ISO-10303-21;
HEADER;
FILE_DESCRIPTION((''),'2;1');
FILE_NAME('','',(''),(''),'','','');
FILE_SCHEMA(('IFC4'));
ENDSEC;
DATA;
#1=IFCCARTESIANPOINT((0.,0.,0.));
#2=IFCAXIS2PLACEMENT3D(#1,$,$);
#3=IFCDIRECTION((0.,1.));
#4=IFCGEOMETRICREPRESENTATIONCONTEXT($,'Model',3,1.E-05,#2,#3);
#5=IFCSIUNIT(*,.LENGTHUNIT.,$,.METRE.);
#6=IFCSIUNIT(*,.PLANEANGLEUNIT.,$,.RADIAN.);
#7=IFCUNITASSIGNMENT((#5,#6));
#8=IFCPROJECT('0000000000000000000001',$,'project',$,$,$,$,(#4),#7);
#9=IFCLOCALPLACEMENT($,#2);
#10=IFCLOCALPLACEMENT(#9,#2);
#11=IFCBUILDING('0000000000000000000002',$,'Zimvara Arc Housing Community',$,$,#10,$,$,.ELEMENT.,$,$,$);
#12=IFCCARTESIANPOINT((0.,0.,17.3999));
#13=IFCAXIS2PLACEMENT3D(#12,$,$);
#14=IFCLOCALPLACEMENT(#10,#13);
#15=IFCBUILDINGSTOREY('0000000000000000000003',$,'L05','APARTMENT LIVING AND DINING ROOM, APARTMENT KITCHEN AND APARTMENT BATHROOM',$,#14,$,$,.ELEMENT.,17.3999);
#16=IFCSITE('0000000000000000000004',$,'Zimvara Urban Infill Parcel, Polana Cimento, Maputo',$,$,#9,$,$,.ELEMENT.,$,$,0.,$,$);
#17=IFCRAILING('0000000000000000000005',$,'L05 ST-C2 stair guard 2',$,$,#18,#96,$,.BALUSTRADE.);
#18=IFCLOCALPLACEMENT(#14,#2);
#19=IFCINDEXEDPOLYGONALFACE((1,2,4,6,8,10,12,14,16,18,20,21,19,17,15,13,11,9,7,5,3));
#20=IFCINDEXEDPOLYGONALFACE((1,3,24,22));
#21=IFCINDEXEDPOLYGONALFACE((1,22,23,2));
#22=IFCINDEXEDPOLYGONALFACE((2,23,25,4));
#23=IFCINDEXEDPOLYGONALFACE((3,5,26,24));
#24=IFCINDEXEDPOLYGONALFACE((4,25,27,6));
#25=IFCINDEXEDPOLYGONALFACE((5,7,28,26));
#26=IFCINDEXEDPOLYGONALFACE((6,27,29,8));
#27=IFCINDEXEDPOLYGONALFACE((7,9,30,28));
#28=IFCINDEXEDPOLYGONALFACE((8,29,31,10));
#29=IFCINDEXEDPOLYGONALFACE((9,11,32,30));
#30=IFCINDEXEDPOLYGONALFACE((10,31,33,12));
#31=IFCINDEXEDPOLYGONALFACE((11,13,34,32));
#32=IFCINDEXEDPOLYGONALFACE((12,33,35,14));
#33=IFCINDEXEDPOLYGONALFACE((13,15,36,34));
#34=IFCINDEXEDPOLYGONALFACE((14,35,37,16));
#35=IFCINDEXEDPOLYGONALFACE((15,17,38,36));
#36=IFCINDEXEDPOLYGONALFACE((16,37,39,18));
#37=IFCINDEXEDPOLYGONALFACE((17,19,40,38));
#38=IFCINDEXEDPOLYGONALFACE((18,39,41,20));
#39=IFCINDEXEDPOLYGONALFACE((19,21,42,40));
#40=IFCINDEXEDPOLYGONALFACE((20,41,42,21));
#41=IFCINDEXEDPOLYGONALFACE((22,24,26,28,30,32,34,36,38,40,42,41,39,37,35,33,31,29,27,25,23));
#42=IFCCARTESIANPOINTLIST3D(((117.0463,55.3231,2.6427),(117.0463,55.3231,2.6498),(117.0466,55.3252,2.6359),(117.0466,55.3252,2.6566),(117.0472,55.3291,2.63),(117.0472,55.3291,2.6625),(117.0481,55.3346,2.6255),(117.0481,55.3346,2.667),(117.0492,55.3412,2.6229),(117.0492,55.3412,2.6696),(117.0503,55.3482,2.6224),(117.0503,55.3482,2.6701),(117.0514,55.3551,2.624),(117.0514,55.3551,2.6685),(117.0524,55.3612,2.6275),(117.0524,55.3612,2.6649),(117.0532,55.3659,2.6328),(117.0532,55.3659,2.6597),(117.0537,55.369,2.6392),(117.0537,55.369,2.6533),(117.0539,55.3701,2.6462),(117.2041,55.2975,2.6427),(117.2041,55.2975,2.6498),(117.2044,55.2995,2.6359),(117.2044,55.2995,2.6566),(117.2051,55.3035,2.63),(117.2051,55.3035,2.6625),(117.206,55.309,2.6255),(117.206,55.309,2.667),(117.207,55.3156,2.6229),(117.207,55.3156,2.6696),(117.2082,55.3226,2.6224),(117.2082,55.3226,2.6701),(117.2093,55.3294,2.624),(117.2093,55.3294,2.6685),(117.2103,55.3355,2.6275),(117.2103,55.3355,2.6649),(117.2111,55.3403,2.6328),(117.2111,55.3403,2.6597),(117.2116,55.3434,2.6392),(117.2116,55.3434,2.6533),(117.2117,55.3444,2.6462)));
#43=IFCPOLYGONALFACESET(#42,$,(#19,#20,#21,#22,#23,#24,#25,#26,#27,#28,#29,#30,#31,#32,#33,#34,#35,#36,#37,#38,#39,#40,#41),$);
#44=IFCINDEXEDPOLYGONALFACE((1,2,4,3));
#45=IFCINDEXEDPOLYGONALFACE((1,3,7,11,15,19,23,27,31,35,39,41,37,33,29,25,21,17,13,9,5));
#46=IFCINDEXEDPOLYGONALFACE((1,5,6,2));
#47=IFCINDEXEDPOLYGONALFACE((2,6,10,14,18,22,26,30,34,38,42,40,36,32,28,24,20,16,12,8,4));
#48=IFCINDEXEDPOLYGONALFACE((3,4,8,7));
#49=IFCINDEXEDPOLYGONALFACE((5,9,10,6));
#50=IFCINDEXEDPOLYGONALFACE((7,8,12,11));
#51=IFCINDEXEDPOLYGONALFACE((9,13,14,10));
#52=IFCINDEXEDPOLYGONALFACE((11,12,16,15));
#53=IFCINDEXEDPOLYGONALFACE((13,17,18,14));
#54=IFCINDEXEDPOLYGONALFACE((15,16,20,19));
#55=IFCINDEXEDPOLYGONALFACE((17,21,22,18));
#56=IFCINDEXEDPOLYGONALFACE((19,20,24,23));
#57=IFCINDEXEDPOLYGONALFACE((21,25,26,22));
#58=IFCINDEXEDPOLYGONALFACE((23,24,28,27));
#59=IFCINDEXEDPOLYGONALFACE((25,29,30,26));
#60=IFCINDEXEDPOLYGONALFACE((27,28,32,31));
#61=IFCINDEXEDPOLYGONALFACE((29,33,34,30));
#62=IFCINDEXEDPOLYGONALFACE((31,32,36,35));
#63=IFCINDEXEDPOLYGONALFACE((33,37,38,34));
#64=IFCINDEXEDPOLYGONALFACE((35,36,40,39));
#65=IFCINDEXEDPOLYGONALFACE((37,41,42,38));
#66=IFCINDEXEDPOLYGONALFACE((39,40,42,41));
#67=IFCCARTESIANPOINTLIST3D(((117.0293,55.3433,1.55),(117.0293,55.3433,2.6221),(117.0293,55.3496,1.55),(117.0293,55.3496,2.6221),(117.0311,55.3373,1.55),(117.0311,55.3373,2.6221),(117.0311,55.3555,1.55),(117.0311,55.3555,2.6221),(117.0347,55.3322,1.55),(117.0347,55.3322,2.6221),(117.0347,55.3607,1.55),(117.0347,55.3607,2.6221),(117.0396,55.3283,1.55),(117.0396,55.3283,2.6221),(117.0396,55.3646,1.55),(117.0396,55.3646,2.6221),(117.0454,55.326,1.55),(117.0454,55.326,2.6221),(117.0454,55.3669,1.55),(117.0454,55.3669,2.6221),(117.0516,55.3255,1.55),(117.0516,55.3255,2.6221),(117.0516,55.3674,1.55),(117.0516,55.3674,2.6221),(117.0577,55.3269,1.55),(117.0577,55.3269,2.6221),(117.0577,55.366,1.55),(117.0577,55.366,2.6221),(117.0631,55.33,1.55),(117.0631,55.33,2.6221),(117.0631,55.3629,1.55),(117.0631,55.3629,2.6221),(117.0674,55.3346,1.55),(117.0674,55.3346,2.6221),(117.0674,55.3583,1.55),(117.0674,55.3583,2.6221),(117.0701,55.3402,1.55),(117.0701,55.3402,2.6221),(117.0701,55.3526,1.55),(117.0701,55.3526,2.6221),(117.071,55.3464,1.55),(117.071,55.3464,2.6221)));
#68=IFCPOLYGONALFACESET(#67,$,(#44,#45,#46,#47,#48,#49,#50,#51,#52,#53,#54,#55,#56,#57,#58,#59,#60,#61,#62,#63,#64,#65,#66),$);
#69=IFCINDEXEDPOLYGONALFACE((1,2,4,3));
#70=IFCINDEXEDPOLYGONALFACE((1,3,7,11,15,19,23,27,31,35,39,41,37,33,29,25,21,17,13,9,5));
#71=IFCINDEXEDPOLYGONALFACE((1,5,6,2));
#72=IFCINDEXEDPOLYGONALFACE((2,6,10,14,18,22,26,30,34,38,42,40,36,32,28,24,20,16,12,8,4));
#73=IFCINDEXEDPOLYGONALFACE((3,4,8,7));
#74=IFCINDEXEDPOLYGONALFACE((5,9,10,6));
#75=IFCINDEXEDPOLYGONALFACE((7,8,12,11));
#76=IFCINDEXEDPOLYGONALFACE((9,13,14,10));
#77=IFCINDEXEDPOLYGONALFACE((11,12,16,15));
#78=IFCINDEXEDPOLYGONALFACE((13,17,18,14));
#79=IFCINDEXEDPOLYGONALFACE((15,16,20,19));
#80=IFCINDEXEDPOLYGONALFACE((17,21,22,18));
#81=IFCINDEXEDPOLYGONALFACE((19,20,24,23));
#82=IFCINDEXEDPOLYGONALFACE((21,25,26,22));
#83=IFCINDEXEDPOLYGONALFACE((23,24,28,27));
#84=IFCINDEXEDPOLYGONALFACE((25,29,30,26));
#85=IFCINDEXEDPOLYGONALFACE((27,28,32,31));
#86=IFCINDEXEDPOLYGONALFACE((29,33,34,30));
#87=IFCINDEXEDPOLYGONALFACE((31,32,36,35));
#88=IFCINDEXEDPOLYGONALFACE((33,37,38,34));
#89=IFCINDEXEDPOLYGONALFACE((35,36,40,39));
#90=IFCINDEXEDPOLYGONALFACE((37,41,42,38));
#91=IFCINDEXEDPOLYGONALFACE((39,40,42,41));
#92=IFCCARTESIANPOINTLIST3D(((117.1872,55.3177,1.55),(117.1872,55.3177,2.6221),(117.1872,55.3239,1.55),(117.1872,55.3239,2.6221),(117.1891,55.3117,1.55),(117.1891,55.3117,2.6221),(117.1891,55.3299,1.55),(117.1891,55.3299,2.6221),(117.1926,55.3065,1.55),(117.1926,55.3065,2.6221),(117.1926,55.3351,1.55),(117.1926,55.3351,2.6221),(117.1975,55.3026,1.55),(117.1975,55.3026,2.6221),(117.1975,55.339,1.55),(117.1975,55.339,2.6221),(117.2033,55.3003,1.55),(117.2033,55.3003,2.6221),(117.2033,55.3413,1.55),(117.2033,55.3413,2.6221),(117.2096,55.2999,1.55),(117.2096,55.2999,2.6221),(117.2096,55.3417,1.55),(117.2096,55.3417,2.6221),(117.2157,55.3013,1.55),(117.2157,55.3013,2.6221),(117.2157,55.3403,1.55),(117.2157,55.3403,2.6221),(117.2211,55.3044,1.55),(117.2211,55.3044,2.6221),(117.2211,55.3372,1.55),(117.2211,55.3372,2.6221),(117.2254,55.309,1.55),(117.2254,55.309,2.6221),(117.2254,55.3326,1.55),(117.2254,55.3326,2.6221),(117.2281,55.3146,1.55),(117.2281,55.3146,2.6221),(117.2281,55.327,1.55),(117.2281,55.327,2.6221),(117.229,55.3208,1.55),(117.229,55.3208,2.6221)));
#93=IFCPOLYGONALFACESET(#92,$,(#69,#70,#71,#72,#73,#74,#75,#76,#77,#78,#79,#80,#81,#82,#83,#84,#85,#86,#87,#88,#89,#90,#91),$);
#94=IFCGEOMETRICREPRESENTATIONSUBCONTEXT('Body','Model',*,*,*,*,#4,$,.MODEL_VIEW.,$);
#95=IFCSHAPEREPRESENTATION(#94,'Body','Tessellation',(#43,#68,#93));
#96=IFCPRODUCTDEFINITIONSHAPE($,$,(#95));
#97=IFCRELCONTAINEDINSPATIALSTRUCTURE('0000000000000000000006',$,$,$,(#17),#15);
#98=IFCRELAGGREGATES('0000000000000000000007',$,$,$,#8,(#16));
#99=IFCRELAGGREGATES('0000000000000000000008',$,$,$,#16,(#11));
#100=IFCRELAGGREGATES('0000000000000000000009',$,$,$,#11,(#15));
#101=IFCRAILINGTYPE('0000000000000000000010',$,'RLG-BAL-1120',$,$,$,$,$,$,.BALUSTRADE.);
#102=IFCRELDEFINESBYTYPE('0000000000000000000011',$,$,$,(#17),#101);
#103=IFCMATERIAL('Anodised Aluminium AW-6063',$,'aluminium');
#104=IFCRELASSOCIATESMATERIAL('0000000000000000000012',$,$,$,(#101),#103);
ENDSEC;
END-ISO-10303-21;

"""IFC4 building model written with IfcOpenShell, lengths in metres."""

from ifc_helpers import new_model, si_unit, direction, frame, origin, origin_2d, place, context, subcontext, project, spatial, circle, extrude, material, type_object, element, save


model = new_model("IFC4")

# Units and contexts
model_context = context("Model", 3, precision=1e-05, world=origin(), true_north=direction((0.0, 1.0)))
body_context = subcontext(model_context, "Body", "Model", "MODEL_VIEW")
ifc_project = project(units=[si_unit("LENGTHUNIT", "METRE"), si_unit("PLANEANGLEUNIT", "RADIAN")], contexts=[model_context])

# Site, building, storey
site_placement = place(None, origin())
site = spatial("IfcSite", under=ifc_project, at=site_placement, Name="Zimvara Urban Infill Parcel, Polana Cimento, Maputo", CompositionType="ELEMENT", RefElevation=0.0)
building_placement = place(site_placement, origin())
building = spatial("IfcBuilding", under=site, at=building_placement, Name="Zimvara Arc Housing Community", CompositionType="ELEMENT")
storey_placement = place(building_placement, frame((0.0, 0.0, 17.3999)))
storey = spatial("IfcBuildingStorey", under=building, at=storey_placement, Name="L05", Description="APARTMENT LIVING AND DINING ROOM, APARTMENT KITCHEN AND APARTMENT BATHROOM", CompositionType="ELEMENT", Elevation=17.3999)

# Railing
ifc_material_1 = material(Name="Anodised Aluminium AW-6063", Category="aluminium")
railing_type_1 = type_object("IfcRailingType", Name="RLG-BAL-1120", PredefinedType="BALUSTRADE", material=ifc_material_1)
railing_1_placement = place(storey_placement, frame((117.05, 55.3464, 1.55)))
element("IfcRailing", 1, at=railing_1_placement, inside=storey, type_object=railing_type_1, Name="L05 ST-C2 stair guard 2", PredefinedType="BALUSTRADE", context=body_context, shape_type="SweptSolid", body=[
    extrude(circle(Radius=0.0239, at=origin_2d()), frame((0.0, 0.0, 1.0962), z_axis=(0.987086, -0.160192, 0.0), x_axis=(0.160192, 0.987086, 0.0)), (0.0, 0.0, 1.0), 0.1599),
    extrude(circle(Radius=0.021, at=origin_2d()), origin(), (0.0, 0.0, 1.0), 1.072),
    extrude(circle(Radius=0.021, at=origin_2d()), frame((0.158, -0.0256, 0.0)), (0.0, 0.0, 1.0), 1.072),
])

save(model, "model.ifc")
